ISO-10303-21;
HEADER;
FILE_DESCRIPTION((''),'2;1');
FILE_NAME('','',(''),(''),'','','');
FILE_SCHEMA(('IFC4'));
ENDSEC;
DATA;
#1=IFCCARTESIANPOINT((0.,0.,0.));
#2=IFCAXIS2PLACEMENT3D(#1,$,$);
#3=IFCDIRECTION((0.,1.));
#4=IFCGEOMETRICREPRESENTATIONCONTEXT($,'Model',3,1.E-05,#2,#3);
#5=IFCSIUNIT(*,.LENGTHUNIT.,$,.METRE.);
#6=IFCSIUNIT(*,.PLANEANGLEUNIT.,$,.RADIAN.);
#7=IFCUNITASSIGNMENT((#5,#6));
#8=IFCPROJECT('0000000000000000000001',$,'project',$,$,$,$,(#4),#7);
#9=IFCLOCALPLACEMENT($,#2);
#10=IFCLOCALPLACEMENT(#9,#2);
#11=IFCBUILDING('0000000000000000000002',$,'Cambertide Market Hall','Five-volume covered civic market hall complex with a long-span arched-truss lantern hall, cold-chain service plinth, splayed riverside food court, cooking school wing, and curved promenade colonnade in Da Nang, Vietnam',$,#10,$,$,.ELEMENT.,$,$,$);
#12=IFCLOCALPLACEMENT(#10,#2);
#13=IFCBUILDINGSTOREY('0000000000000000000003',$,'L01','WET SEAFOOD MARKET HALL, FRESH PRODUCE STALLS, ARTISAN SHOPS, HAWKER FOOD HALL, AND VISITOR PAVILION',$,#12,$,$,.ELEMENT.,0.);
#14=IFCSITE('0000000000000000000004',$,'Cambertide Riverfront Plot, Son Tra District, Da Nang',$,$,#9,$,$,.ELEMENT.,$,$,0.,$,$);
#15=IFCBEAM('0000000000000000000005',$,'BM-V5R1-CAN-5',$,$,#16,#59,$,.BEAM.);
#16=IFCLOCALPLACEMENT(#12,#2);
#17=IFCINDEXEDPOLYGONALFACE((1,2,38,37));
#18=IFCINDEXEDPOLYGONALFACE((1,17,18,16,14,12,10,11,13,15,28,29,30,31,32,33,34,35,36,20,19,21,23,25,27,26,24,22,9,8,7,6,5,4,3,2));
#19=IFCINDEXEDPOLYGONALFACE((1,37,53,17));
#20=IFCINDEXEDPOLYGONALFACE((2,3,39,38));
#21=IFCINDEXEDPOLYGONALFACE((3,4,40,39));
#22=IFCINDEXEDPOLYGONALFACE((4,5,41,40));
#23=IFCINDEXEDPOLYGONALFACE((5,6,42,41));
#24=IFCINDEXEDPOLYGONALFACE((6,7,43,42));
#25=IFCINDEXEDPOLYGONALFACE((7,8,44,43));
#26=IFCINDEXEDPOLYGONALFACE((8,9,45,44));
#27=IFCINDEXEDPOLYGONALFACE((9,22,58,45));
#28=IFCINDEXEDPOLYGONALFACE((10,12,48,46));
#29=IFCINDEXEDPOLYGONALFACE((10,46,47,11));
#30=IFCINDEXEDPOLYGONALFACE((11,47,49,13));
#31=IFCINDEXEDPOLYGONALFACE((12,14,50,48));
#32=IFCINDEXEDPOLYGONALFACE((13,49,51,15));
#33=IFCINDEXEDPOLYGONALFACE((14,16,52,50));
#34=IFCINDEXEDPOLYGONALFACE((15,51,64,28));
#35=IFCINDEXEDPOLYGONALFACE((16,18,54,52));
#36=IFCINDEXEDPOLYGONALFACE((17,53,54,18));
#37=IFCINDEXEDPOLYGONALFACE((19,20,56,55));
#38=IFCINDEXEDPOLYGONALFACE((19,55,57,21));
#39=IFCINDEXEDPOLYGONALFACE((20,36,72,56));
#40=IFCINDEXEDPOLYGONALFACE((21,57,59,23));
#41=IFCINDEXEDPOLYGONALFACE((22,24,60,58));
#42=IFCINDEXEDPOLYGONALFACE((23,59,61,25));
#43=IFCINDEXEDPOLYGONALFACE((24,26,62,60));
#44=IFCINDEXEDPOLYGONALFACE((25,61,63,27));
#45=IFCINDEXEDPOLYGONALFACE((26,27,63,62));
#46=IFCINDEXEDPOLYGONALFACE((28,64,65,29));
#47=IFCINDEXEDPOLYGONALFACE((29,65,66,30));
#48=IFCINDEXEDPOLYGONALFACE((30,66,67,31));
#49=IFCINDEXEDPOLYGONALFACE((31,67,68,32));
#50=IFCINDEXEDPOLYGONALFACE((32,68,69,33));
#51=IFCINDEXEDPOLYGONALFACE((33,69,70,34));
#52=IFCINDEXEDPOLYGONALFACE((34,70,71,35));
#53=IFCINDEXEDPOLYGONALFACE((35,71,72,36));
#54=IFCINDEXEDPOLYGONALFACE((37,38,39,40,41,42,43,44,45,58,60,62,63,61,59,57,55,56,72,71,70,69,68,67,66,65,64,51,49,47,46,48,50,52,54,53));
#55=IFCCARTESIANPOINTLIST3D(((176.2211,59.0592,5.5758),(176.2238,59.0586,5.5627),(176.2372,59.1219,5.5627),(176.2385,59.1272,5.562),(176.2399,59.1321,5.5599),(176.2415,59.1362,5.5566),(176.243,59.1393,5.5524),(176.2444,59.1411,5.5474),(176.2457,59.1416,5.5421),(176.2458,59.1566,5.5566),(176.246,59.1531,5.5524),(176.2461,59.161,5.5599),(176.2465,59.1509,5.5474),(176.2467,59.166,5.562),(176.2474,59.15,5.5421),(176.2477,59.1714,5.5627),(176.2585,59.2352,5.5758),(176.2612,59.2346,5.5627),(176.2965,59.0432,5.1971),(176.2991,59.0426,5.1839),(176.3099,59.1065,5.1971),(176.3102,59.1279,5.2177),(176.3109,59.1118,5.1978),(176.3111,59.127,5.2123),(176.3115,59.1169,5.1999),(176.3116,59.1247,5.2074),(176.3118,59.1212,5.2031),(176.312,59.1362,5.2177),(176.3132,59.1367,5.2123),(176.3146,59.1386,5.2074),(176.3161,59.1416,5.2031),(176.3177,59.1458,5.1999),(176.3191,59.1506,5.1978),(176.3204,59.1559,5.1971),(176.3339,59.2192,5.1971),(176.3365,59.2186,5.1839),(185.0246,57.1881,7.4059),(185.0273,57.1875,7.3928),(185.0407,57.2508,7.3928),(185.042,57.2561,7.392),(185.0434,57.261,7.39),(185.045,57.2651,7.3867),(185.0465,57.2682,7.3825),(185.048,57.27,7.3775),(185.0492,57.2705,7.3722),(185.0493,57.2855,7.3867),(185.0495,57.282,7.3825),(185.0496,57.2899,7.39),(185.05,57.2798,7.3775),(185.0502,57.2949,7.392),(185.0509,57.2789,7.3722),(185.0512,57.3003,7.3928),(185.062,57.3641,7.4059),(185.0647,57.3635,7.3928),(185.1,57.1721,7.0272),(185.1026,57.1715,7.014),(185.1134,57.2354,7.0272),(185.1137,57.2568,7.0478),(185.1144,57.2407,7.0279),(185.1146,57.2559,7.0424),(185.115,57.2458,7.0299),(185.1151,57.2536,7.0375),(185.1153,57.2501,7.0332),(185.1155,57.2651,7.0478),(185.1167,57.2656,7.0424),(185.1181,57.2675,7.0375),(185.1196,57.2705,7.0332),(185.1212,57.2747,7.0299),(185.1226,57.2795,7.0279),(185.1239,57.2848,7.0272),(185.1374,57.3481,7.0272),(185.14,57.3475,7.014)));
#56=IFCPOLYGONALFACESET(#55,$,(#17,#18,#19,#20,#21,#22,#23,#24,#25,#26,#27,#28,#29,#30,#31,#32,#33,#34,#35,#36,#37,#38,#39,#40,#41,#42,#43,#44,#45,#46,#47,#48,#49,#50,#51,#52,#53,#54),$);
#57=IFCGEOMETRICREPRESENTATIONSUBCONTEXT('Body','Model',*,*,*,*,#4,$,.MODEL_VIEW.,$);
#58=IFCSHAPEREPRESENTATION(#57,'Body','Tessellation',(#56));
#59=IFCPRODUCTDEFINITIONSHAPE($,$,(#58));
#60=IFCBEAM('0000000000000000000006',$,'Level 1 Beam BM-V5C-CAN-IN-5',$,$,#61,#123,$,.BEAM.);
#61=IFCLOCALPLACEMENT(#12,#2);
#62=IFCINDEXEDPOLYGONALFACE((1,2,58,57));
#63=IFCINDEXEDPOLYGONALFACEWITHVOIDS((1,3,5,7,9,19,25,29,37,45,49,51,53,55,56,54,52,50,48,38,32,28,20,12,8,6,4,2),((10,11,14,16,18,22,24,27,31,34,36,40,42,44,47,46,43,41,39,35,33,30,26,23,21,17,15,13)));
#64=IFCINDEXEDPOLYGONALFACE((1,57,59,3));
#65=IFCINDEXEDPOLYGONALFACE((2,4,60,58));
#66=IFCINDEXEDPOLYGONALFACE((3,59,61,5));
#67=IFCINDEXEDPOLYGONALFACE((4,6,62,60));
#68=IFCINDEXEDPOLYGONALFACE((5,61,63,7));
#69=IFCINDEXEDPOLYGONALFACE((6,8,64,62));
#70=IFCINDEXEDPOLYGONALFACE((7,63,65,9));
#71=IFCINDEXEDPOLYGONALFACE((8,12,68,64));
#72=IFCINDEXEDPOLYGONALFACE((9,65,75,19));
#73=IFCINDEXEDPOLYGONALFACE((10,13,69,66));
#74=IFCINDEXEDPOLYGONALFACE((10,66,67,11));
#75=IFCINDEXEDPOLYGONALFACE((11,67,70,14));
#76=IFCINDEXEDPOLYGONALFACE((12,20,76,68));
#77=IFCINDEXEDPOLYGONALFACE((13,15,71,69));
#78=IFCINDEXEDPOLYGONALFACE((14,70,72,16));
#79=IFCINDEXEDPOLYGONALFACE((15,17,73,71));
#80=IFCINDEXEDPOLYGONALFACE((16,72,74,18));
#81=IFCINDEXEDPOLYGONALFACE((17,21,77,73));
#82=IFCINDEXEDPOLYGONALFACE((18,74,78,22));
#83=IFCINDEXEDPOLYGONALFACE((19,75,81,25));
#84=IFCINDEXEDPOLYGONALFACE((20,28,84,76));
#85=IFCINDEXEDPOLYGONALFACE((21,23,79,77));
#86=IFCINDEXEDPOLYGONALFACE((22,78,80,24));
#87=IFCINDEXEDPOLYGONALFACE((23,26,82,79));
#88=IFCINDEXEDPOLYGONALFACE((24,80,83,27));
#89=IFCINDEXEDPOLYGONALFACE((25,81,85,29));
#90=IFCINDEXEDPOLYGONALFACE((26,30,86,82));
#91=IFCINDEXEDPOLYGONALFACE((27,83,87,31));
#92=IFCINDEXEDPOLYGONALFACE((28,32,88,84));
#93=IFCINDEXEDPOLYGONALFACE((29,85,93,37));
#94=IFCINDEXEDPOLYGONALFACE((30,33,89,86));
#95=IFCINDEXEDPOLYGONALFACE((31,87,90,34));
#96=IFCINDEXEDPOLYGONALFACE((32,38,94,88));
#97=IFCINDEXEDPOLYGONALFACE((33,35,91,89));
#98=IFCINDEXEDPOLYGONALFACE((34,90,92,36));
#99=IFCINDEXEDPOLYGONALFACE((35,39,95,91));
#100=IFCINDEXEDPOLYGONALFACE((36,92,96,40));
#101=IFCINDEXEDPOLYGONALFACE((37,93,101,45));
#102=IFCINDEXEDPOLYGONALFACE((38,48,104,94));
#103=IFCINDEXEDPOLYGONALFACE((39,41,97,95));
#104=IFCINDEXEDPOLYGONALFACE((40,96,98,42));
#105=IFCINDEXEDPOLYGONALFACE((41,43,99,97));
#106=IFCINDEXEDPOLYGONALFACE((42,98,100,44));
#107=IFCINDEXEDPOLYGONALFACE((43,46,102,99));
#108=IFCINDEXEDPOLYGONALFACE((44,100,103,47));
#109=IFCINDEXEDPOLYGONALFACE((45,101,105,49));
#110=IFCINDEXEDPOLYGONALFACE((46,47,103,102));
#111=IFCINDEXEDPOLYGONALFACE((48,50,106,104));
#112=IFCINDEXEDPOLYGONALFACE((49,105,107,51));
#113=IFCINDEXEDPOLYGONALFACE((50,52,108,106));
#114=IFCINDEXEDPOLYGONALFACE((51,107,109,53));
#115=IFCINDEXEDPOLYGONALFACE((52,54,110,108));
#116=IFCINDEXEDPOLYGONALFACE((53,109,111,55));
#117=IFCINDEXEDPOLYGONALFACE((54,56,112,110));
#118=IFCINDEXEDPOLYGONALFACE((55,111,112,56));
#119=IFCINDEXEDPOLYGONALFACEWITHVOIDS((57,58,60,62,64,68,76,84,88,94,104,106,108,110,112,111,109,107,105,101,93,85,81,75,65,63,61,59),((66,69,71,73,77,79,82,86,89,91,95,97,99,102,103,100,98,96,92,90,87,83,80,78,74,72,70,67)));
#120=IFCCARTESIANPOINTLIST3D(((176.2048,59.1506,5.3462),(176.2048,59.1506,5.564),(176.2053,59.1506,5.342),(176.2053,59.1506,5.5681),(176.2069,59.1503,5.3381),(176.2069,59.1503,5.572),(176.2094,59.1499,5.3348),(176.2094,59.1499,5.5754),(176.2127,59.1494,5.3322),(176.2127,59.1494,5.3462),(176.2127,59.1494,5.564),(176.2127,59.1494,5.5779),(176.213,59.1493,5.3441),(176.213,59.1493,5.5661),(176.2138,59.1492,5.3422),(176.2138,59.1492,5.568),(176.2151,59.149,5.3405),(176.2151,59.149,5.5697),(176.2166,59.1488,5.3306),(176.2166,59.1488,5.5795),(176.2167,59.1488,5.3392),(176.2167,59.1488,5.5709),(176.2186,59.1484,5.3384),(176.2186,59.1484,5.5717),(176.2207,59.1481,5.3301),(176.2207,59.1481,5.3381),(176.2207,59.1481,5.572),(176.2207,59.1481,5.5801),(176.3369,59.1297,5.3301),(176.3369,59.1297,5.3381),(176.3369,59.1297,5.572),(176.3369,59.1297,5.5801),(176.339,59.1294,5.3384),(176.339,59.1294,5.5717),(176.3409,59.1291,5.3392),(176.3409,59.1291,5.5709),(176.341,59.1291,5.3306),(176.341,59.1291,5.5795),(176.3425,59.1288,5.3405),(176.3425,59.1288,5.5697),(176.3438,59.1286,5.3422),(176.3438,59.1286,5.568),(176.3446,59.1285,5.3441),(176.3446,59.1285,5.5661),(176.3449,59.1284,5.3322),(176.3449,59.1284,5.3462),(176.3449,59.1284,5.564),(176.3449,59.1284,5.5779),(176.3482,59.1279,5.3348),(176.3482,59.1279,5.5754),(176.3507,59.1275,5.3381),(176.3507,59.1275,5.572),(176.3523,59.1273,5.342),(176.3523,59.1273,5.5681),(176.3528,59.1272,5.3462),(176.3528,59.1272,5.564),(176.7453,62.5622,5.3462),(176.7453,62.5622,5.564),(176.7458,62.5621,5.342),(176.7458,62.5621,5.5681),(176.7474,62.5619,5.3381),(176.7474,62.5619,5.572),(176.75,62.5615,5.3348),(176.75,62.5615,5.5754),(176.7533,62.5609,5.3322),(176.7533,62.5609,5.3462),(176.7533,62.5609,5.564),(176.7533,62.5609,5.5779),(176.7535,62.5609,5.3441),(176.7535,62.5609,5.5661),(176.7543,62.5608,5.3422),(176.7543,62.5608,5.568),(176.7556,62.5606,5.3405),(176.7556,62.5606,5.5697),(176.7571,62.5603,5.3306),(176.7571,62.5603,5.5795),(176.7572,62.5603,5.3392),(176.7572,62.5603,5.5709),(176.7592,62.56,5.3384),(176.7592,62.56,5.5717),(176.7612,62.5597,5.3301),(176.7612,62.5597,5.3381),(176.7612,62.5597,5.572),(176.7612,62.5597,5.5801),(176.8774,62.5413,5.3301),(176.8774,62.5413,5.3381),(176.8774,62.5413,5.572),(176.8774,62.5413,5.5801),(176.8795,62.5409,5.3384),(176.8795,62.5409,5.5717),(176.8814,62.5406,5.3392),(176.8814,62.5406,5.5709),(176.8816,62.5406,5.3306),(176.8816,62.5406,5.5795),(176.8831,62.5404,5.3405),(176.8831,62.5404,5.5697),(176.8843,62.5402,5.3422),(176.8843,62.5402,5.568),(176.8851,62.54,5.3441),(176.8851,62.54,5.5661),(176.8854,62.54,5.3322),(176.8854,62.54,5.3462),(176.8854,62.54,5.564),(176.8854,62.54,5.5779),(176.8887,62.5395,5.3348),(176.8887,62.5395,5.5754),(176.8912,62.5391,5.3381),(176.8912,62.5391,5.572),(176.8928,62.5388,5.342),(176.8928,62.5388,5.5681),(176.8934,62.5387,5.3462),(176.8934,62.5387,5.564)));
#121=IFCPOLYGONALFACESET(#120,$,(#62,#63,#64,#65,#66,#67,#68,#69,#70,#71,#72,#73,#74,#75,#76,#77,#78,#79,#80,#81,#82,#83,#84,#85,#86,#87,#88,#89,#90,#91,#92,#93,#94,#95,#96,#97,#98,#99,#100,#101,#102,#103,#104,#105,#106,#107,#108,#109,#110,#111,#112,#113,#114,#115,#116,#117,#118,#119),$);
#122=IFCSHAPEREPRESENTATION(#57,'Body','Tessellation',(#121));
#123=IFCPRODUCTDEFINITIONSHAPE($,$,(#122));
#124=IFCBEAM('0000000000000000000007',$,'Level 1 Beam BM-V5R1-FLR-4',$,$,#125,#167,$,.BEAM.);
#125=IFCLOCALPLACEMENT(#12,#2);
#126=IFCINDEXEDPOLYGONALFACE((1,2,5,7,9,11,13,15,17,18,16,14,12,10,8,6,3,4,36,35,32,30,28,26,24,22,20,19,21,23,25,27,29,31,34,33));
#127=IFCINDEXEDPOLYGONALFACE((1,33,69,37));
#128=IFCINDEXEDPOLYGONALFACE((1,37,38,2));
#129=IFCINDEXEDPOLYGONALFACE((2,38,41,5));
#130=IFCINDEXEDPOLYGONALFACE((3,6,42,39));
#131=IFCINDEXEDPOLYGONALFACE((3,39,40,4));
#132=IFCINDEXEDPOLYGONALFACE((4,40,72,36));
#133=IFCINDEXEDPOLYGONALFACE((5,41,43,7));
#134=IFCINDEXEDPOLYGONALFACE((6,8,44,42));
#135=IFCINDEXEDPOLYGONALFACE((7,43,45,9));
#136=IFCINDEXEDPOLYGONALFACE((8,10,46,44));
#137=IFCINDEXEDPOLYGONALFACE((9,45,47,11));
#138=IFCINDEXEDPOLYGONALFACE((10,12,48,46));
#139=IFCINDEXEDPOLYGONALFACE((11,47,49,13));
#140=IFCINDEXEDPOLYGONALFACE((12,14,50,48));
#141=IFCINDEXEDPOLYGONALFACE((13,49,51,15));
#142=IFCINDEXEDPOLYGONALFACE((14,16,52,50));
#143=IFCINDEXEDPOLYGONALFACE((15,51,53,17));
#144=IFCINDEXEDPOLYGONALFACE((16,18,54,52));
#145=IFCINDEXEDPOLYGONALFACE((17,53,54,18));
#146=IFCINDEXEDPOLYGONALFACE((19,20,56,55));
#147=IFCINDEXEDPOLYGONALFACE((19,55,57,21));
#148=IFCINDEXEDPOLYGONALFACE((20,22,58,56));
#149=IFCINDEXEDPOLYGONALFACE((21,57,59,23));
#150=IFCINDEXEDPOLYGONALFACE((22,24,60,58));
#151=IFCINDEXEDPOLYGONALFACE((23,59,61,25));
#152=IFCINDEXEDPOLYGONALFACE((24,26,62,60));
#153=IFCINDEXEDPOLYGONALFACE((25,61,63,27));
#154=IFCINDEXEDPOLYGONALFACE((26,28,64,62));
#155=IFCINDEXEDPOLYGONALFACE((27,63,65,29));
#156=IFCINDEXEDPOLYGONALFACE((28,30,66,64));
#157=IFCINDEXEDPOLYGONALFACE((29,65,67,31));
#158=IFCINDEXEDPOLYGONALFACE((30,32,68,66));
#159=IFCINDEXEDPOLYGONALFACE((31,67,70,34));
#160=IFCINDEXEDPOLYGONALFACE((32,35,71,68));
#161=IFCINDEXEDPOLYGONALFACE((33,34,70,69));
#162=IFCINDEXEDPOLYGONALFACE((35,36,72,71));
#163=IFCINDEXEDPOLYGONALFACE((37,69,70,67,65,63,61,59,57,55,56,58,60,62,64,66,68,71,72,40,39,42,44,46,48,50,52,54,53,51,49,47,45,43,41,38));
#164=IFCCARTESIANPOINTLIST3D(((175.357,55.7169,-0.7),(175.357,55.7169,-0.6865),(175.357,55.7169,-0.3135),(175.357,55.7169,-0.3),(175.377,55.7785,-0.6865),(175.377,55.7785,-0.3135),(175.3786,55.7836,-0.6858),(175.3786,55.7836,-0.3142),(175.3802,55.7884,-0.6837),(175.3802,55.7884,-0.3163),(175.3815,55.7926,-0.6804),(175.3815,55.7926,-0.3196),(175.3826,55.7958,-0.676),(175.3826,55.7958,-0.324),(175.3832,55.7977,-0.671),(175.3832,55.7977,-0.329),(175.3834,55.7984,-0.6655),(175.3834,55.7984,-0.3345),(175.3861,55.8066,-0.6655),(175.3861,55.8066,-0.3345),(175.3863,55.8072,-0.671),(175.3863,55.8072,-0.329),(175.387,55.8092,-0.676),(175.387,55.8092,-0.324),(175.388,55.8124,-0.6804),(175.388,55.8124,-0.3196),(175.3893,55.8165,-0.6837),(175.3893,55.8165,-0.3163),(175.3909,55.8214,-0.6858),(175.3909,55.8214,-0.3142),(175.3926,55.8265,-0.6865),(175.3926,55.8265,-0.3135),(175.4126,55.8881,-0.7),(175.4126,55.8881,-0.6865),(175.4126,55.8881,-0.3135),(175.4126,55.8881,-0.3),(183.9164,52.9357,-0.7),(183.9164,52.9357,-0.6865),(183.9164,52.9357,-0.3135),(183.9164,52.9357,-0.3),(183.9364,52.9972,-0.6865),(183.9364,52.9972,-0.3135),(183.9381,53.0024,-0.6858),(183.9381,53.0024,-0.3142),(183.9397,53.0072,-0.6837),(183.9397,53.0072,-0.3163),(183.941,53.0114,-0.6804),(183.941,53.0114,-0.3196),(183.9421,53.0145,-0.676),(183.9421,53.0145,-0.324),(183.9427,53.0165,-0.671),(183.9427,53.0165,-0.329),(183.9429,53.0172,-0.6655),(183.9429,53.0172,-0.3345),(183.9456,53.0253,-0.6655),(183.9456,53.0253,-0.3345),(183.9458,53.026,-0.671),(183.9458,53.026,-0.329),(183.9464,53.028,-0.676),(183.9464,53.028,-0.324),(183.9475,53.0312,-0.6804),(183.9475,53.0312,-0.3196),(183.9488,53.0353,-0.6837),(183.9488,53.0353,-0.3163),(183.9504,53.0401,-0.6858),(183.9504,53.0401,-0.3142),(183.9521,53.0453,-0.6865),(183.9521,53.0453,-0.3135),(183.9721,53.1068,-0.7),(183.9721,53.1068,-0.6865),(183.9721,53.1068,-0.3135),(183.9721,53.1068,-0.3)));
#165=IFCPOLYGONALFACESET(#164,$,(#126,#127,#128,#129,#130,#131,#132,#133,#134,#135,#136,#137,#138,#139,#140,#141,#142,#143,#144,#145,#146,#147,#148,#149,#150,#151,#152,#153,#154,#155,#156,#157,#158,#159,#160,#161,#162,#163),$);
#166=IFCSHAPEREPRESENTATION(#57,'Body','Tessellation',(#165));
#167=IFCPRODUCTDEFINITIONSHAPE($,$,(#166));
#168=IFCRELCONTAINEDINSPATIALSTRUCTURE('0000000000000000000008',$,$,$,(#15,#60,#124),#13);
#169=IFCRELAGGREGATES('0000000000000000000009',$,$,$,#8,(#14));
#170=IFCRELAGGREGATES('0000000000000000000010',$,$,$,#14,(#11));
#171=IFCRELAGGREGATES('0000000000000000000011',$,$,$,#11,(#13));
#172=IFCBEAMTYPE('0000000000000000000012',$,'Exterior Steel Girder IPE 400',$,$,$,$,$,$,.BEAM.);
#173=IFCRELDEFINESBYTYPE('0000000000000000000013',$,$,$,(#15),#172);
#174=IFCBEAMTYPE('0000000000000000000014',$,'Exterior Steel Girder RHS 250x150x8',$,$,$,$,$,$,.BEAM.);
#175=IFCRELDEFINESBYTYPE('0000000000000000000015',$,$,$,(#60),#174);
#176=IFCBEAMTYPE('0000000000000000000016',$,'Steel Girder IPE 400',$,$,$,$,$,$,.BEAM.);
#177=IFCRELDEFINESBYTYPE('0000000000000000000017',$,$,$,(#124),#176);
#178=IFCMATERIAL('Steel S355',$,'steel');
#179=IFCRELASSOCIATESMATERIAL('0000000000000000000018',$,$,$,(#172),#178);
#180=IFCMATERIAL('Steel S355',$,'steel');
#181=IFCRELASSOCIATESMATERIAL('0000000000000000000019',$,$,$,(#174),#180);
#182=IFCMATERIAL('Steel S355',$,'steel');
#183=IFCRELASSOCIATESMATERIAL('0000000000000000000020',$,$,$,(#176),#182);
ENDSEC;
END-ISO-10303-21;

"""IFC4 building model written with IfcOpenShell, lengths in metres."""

from ifc_helpers import new_model, si_unit, direction, frame, origin, origin_2d, place, context, subcontext, project, spatial, hollow_rectangle, i_section, extrude, material, material_profile, profile_set, type_object, element, save


model = new_model("IFC4")

# Units and contexts
model_context = context("Model", 3, precision=1e-05, world=origin(), true_north=direction((0.0, 1.0)))
body_context = subcontext(model_context, "Body", "Model", "MODEL_VIEW")
ifc_project = project(units=[si_unit("LENGTHUNIT", "METRE"), si_unit("PLANEANGLEUNIT", "RADIAN")], contexts=[model_context])

# Site, building, storey
site_placement = place(None, origin())
site = spatial("IfcSite", under=ifc_project, at=site_placement, Name="Cambertide Riverfront Plot, Son Tra District, Da Nang", CompositionType="ELEMENT", RefElevation=0.0)
building_placement = place(site_placement, origin())
building = spatial("IfcBuilding", under=site, at=building_placement, Name="Cambertide Market Hall", Description="Five-volume covered civic market hall complex with a long-span arched-truss lantern hall, cold-chain service plinth, splayed riverside food court, cooking school wing, and curved promenade colonnade in Da Nang, Vietnam", CompositionType="ELEMENT")
storey_placement = place(building_placement, origin())
storey = spatial("IfcBuildingStorey", under=building, at=storey_placement, Name="L01", Description="WET SEAFOOD MARKET HALL, FRESH PRODUCE STALLS, ARTISAN SHOPS, HAWKER FOOD HALL, AND VISITOR PAVILION", CompositionType="ELEMENT", Elevation=0.0)

# Beams
ifc_material_1 = material(Name="Steel S355", Category="steel")
ifc_material_profile_1 = material_profile(ifc_material_1, i_section(OverallWidth=0.1799, OverallDepth=0.3999, WebThickness=0.0085, FlangeThickness=0.0134, FilletRadius=0.021, at=origin_2d()), Name="IPE 400")
ifc_profile_set_1 = profile_set([ifc_material_profile_1], Name="Steel S355")
beam_type_1 = type_object("IfcBeamType", Name="Exterior Steel Girder IPE 400", PredefinedType="BEAM", material=ifc_profile_set_1)
for number, where, z_axis, x_axis, name in (
    (1, (176.2788, 59.1389, 5.3799), (0.958535, -0.203728, 0.199262), (0.207897, 0.978151, 0.0), "BM-V5R1-CAN-5"),
):
    element("IfcBeam", number, at=place(storey_placement, frame(where, z_axis=z_axis, x_axis=x_axis)), inside=storey, type_object=beam_type_1, Name=name, PredefinedType="BEAM", context=body_context, shape_type="SweptSolid", body=[
        extrude(i_section(OverallWidth=0.1799, OverallDepth=0.3999, WebThickness=0.0085, FlangeThickness=0.0134, FilletRadius=0.021, at=origin_2d()), origin(), (0.0, 0.0, 1.0), 9.1843),
    ])
ifc_material_2 = material(Name="Steel S355", Category="steel")
ifc_material_profile_2 = material_profile(ifc_material_2, hollow_rectangle(XDim=0.1499, YDim=0.25, WallThickness=0.0081, InnerFilletRadius=0.0081, OuterFilletRadius=0.0161, at=origin_2d()), Name="RHS 250x150x8")
ifc_profile_set_2 = profile_set([ifc_material_profile_2], Name="Steel S355")
beam_type_2 = type_object("IfcBeamType", Name="Exterior Steel Girder RHS 250x150x8", PredefinedType="BEAM", material=ifc_profile_set_2)
beam_1_placement = place(storey_placement, frame((176.2788, 59.1389, 5.4551), z_axis=(0.156485, 0.98768, 0.0), x_axis=(-0.98768, 0.156485, 0.0)))
element("IfcBeam", 2, at=beam_1_placement, inside=storey, type_object=beam_type_2, Name="Level 1 Beam BM-V5C-CAN-IN-5", PredefinedType="BEAM", context=body_context, shape_type="SweptSolid", body=[
    extrude(hollow_rectangle(XDim=0.1499, YDim=0.25, WallThickness=0.0081, InnerFilletRadius=0.0081, OuterFilletRadius=0.0161, at=origin_2d()), origin(), (0.0, 0.0, 1.0), 3.4541),
])
ifc_material_3 = material(Name="Steel S355", Category="steel")
ifc_material_profile_3 = material_profile(ifc_material_3, i_section(OverallWidth=0.1799, OverallDepth=0.3999, WebThickness=0.0085, FlangeThickness=0.0134, FilletRadius=0.021, at=origin_2d()), Name="IPE 400")
ifc_profile_set_3 = profile_set([ifc_material_profile_3], Name="Steel S355")
beam_type_3 = type_object("IfcBeamType", Name="Steel Girder IPE 400", PredefinedType="BEAM", material=ifc_profile_set_3)
for number, where, z_axis, x_axis, name in (
    (3, (175.3848, 55.8025, -0.5), (0.951054, -0.309025, 0.0), (0.309025, 0.951054, 0.0), "Level 1 Beam BM-V5R1-FLR-4"),
):
    element("IfcBeam", number, at=place(storey_placement, frame(where, z_axis=z_axis, x_axis=x_axis)), inside=storey, type_object=beam_type_3, Name=name, PredefinedType="BEAM", context=body_context, shape_type="SweptSolid", body=[
        extrude(i_section(OverallWidth=0.1799, OverallDepth=0.3999, WebThickness=0.0085, FlangeThickness=0.0134, FilletRadius=0.021, at=origin_2d()), origin(), (0.0, 0.0, 1.0), 9.0),
    ])

save(model, "model.ifc")
